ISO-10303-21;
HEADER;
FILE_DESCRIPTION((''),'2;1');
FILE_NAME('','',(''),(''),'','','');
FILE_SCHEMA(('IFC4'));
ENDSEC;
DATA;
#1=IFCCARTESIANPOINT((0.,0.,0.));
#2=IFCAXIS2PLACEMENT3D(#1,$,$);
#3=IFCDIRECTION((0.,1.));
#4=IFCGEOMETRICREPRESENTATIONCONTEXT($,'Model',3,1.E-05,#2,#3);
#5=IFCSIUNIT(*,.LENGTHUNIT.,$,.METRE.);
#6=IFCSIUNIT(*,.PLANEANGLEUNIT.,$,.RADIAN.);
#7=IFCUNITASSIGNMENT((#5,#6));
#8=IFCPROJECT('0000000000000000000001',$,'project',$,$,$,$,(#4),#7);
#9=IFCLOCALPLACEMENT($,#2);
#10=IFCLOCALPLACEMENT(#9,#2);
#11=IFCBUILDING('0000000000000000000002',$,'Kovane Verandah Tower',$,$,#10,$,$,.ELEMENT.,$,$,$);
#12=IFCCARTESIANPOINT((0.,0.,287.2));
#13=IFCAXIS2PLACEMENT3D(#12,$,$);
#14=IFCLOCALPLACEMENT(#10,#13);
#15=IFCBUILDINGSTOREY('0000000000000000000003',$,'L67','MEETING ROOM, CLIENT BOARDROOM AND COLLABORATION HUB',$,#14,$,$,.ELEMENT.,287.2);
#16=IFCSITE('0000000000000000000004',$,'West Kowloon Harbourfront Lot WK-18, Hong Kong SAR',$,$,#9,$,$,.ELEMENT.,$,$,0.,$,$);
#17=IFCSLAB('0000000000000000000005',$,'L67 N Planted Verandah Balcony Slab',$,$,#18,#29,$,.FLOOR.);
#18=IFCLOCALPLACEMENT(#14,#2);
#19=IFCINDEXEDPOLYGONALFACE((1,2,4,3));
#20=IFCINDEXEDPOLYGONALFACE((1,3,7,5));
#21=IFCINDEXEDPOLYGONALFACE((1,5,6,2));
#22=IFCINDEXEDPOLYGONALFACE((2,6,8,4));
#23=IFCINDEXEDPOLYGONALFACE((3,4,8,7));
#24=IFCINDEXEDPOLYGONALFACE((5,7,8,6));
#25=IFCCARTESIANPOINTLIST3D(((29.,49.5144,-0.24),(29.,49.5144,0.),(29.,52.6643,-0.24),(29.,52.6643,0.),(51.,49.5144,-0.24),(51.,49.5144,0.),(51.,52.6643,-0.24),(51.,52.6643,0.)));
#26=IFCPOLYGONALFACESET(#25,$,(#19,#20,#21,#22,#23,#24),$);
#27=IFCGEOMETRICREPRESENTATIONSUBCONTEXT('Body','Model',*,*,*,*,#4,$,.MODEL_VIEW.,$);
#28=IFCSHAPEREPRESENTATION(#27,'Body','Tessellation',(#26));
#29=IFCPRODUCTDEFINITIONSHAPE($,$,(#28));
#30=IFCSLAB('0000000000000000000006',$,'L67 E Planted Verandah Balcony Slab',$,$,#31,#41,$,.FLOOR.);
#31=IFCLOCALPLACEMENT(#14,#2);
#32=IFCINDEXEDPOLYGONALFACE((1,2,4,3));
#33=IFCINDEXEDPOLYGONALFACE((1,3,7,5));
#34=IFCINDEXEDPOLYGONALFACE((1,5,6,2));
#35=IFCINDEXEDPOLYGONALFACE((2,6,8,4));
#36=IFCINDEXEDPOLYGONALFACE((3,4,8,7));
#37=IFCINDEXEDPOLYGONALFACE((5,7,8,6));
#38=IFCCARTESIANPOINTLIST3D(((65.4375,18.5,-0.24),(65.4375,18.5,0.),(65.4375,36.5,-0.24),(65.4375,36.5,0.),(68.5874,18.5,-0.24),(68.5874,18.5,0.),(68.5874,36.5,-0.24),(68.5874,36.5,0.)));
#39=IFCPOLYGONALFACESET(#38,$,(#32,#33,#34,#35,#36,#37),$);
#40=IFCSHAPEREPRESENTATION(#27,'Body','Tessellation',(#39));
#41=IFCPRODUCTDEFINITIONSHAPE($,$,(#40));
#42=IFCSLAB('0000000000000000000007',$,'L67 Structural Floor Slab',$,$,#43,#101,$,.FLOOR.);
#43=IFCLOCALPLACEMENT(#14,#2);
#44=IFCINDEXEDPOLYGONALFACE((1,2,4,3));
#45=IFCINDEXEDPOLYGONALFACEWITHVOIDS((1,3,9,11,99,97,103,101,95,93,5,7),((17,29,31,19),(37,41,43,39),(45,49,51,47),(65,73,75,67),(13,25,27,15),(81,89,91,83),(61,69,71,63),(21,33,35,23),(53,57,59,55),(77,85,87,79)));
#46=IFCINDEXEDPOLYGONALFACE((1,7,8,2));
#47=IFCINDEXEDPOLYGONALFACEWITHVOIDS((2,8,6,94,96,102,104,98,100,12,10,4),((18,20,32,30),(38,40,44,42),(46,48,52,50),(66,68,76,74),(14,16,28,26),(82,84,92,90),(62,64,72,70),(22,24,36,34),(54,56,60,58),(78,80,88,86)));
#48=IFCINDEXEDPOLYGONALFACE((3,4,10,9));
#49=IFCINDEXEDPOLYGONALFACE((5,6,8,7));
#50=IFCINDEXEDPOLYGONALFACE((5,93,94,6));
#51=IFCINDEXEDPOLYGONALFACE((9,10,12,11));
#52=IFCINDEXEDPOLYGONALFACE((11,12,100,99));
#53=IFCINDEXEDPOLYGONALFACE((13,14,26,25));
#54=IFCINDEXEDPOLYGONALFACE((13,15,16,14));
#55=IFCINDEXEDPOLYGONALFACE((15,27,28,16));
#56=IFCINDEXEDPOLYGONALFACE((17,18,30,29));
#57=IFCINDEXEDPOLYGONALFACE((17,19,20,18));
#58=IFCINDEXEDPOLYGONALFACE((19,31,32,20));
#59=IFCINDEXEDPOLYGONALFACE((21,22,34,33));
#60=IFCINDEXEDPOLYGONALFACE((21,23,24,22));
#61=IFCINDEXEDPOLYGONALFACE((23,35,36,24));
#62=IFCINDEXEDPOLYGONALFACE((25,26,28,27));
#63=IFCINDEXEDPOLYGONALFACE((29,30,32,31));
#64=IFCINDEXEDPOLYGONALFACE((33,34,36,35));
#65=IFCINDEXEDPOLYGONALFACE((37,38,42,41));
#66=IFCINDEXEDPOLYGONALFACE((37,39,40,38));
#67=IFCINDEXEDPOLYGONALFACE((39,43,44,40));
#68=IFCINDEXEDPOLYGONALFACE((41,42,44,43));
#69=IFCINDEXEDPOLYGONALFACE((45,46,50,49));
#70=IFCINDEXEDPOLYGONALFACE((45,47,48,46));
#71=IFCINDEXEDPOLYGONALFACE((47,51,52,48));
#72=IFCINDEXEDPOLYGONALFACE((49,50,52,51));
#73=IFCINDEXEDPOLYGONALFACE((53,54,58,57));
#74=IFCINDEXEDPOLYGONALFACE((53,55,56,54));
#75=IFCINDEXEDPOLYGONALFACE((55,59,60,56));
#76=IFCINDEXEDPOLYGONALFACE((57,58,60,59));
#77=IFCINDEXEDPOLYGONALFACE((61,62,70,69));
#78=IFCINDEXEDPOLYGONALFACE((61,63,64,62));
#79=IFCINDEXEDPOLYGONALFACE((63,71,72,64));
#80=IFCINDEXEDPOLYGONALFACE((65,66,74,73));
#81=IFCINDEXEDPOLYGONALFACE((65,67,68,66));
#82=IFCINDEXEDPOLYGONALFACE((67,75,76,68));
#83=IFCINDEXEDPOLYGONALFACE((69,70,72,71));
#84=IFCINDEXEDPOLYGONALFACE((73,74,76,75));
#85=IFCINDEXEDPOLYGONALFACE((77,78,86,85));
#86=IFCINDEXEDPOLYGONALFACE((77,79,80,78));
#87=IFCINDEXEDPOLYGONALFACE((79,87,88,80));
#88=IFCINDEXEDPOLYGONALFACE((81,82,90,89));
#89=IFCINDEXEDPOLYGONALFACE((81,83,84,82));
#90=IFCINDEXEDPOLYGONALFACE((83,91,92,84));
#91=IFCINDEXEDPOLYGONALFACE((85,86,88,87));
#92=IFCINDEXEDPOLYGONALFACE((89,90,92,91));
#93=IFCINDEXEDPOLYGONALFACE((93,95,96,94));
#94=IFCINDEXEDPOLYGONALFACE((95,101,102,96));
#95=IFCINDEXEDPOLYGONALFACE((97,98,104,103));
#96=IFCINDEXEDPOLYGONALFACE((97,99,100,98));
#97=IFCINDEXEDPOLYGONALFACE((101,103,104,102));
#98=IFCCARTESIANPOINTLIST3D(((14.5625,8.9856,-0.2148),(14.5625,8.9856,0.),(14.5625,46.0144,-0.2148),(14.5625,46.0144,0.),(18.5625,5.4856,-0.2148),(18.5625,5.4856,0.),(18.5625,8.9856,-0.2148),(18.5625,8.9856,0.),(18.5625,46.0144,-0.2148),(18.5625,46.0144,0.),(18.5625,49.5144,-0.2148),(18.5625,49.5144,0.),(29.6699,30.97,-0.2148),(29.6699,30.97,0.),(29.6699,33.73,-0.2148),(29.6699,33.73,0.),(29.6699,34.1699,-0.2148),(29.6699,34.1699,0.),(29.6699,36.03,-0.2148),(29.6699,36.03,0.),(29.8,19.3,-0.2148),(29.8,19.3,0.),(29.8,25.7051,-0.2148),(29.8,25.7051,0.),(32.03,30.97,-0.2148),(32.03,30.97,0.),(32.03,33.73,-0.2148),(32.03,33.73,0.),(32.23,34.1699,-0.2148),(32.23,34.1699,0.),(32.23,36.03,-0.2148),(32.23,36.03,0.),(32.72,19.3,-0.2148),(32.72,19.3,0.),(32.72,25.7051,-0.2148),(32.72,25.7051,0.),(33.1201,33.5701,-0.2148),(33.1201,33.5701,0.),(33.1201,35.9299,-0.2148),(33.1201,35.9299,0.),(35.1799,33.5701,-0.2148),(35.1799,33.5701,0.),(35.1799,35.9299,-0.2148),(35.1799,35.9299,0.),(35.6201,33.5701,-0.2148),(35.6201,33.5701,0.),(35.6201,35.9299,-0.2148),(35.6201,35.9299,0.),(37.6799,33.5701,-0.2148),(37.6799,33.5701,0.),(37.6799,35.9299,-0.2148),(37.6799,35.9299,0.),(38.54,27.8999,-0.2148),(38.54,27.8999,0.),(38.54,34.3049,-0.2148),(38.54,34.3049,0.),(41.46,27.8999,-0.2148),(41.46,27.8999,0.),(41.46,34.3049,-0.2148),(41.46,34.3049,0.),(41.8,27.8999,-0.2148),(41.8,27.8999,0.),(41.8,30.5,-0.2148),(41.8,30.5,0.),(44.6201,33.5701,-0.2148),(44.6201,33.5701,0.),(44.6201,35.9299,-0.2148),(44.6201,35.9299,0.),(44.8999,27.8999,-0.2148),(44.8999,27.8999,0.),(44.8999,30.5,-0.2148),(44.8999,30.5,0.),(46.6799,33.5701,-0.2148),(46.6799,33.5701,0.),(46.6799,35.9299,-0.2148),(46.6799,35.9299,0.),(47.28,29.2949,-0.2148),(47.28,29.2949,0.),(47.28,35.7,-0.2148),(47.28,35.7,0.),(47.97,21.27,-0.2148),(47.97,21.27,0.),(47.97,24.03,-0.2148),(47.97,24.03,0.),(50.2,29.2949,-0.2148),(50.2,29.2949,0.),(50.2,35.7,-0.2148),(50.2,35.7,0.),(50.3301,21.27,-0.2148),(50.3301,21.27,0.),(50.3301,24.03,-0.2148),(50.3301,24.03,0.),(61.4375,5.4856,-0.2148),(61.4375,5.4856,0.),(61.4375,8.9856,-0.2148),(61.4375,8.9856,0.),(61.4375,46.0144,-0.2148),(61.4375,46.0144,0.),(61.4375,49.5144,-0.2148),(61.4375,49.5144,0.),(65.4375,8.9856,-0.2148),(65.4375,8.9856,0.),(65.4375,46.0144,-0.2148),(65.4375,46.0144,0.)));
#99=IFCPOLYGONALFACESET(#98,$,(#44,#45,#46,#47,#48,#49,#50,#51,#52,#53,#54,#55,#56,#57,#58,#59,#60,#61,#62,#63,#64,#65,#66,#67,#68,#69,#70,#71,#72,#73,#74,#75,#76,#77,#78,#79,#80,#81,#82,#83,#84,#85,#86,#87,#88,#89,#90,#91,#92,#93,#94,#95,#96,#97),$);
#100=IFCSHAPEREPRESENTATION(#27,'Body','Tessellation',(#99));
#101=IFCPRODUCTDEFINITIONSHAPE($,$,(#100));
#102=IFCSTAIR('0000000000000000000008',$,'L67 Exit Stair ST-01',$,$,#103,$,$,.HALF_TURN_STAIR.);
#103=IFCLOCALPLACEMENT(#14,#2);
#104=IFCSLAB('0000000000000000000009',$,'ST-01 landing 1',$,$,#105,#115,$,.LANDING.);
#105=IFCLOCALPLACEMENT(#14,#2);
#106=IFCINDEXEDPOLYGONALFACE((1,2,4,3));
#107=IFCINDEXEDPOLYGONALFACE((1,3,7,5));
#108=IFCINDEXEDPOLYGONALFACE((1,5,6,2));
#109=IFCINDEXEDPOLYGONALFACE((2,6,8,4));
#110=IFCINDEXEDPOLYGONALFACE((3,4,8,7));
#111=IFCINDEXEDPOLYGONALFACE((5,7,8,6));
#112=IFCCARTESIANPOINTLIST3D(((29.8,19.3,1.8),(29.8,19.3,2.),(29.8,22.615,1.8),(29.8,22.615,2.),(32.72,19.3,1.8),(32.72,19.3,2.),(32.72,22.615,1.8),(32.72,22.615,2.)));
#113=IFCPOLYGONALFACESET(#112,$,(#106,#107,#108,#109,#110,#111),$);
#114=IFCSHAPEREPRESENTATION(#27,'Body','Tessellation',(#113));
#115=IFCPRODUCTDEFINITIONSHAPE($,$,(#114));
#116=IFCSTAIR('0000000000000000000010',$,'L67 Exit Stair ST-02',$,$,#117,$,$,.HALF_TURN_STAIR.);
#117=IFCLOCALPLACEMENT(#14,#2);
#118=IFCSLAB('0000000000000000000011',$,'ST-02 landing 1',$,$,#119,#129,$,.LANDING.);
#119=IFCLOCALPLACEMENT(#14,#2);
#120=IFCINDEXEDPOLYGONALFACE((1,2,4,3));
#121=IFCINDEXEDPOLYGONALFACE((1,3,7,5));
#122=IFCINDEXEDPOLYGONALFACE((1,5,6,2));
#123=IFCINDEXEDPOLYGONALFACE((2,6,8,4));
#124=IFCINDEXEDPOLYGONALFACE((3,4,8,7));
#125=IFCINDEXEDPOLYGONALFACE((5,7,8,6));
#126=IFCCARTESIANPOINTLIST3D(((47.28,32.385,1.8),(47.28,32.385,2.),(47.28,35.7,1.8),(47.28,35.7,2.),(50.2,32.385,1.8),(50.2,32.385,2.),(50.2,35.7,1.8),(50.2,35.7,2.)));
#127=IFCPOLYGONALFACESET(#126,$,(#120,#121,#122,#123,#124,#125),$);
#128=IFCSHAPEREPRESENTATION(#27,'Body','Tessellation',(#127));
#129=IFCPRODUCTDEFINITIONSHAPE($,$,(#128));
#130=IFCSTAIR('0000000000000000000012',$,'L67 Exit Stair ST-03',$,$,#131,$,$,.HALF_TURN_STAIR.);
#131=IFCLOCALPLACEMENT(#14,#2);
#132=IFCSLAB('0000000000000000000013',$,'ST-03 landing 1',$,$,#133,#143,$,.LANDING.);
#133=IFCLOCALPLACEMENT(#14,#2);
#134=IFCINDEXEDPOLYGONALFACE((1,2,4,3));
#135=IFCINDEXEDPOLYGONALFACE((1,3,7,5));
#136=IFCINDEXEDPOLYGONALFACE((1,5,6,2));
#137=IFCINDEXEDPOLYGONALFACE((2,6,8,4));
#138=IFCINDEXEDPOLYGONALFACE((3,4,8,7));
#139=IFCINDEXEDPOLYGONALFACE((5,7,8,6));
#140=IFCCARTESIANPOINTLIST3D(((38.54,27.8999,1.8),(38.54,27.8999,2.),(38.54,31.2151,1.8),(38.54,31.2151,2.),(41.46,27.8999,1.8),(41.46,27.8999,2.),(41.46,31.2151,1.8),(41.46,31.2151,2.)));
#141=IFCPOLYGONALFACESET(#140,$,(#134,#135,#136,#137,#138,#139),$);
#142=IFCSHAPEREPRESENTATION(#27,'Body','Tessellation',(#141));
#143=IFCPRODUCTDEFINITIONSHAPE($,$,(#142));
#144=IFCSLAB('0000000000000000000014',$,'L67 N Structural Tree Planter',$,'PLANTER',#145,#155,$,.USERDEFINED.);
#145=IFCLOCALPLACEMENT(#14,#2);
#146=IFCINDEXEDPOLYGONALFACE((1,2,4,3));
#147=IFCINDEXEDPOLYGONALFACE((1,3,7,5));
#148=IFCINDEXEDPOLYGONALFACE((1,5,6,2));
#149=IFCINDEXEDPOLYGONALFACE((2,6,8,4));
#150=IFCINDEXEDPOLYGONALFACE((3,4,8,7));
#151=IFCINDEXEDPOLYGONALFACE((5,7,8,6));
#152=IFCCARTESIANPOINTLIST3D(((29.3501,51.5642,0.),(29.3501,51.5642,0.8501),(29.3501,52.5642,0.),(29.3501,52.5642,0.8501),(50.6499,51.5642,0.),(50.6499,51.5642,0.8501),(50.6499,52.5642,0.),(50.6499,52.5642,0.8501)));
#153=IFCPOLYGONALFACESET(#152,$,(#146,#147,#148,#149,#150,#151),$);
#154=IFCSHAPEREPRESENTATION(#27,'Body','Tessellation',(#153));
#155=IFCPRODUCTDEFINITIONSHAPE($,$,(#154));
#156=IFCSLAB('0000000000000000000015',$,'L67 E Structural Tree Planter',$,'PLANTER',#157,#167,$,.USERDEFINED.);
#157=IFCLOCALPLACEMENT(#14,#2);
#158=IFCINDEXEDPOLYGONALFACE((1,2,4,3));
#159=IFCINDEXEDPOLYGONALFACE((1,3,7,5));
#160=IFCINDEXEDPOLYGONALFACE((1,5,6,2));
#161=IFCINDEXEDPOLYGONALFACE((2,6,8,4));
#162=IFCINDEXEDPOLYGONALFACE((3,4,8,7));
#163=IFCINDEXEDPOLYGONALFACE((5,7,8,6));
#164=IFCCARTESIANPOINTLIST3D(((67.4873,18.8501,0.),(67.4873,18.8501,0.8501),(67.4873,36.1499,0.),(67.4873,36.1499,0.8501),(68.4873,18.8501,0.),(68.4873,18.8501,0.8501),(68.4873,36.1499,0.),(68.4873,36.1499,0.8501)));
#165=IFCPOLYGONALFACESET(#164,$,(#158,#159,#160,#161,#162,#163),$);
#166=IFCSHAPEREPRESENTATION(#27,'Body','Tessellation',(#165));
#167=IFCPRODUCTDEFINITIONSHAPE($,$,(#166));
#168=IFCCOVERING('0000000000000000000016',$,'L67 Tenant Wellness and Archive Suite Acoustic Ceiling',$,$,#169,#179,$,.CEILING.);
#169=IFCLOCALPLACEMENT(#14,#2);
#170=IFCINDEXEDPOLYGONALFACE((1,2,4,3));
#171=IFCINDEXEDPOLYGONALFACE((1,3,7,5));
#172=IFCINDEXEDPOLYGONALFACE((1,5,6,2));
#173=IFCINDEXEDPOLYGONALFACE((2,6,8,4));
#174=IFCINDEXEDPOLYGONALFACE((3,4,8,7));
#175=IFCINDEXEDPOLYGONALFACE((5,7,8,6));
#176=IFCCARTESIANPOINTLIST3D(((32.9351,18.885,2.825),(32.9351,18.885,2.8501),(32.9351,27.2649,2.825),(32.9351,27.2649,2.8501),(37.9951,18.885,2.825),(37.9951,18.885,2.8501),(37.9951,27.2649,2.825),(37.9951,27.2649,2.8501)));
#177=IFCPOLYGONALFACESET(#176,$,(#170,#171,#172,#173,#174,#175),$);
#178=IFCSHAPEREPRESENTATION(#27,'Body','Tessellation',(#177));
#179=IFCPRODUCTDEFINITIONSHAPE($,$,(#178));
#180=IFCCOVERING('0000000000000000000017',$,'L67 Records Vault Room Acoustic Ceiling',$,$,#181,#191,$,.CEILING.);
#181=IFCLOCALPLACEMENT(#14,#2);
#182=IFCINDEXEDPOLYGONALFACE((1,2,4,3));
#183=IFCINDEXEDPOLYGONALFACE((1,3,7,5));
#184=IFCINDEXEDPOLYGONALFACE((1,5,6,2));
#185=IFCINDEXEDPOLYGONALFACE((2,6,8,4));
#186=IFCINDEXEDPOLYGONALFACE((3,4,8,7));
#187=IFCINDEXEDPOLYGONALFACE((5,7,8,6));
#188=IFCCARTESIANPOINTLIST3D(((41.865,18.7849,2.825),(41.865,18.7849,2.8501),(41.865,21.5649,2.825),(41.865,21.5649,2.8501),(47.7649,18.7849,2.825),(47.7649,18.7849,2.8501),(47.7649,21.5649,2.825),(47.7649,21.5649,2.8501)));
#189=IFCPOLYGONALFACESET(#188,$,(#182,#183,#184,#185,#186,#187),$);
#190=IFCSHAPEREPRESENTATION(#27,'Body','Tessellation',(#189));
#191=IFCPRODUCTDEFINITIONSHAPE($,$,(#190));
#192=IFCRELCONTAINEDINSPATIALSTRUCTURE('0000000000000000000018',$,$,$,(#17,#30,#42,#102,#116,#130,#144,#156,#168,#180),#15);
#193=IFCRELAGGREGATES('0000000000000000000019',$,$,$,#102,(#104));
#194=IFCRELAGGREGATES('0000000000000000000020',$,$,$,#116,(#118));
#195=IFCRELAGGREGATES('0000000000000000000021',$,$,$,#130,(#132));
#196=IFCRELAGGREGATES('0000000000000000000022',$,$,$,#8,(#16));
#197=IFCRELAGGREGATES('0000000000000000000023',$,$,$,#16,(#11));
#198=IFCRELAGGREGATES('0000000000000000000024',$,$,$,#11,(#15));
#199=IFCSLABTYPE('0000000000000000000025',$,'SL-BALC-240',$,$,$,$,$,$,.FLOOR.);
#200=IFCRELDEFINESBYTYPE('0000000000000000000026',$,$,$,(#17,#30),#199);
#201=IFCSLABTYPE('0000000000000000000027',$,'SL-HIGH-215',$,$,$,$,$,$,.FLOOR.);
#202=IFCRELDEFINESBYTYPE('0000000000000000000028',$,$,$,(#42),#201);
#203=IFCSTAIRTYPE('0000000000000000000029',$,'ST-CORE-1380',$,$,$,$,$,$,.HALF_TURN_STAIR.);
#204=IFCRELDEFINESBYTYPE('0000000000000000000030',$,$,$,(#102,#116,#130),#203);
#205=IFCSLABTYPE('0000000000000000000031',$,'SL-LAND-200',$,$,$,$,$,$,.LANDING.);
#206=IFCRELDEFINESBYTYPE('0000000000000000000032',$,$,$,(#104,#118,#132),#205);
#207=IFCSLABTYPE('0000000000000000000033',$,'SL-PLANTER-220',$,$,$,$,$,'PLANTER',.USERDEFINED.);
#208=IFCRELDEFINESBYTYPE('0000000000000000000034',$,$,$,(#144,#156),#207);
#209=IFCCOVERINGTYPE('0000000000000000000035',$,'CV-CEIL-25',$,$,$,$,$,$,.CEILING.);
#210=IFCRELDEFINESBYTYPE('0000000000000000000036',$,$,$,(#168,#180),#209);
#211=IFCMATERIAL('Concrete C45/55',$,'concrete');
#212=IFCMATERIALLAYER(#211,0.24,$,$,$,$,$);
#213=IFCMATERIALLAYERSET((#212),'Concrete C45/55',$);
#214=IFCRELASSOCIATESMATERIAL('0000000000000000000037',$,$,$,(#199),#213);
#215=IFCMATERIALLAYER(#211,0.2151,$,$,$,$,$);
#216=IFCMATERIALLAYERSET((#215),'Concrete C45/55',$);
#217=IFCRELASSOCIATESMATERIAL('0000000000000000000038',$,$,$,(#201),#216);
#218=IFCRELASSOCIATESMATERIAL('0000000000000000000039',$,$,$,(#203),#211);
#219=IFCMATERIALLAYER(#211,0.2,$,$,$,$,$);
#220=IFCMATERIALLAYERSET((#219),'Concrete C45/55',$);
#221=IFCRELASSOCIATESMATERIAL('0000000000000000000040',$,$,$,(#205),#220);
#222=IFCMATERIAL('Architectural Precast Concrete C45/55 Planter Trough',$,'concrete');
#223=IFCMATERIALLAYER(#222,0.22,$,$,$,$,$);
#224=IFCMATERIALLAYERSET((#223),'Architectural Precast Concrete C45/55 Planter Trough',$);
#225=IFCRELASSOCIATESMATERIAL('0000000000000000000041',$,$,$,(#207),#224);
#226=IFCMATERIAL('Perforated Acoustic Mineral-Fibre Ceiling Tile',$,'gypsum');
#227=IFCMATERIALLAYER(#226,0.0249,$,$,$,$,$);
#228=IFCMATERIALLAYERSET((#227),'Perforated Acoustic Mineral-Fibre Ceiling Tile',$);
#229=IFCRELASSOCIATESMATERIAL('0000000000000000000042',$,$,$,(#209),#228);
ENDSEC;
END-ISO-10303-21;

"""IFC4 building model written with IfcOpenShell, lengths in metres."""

from ifc_helpers import new_model, si_unit, direction, frame, origin, place, context, subcontext, project, spatial, polyline, outline, extrude, material, layer, layer_set, type_object, element, aggregate, save


model = new_model("IFC4")

# Units and contexts
model_context = context("Model", 3, precision=1e-05, world=origin(), true_north=direction((0.0, 1.0)))
body_context = subcontext(model_context, "Body", "Model", "MODEL_VIEW")
ifc_project = project(units=[si_unit("LENGTHUNIT", "METRE"), si_unit("PLANEANGLEUNIT", "RADIAN")], contexts=[model_context])

# Site, building, storey
site_placement = place(None, origin())
site = spatial("IfcSite", under=ifc_project, at=site_placement, Name="West Kowloon Harbourfront Lot WK-18, Hong Kong SAR", CompositionType="ELEMENT", RefElevation=0.0)
building_placement = place(site_placement, origin())
building = spatial("IfcBuilding", under=site, at=building_placement, Name="Kovane Verandah Tower", CompositionType="ELEMENT")
storey_placement = place(building_placement, frame((0.0, 0.0, 287.2)))
storey = spatial("IfcBuildingStorey", under=building, at=storey_placement, Name="L67", Description="MEETING ROOM, CLIENT BOARDROOM AND COLLABORATION HUB", CompositionType="ELEMENT", Elevation=287.2)

# Slabs
ifc_material_1 = material(Name="Concrete C45/55", Category="concrete")
ifc_layer_1 = layer(ifc_material_1, 0.24)
ifc_layer_set_1 = layer_set([ifc_layer_1], Name="Concrete C45/55")
slab_type_1 = type_object("IfcSlabType", Name="SL-BALC-240", PredefinedType="FLOOR", material=ifc_layer_set_1)
slab_1_placement = place(storey_placement, frame((0.0, 0.0, -0.24)))
element("IfcSlab", 1, at=slab_1_placement, inside=storey, type_object=slab_type_1, Name="L67 N Planted Verandah Balcony Slab", PredefinedType="FLOOR", context=body_context, shape_type="SweptSolid", body=[
    extrude(outline(polyline([(29.0, 49.5144), (51.0, 49.5144), (51.0, 52.6643), (29.0, 52.6643), (29.0, 49.5144)])), origin(), (0.0, 0.0, 1.0), 0.24),
])
slab_2_placement = place(storey_placement, frame((0.0, 0.0, -0.24)))
element("IfcSlab", 2, at=slab_2_placement, inside=storey, type_object=slab_type_1, Name="L67 E Planted Verandah Balcony Slab", PredefinedType="FLOOR", context=body_context, shape_type="SweptSolid", body=[
    extrude(outline(polyline([(65.4375, 18.5), (68.5874, 18.5), (68.5874, 36.5), (65.4375, 36.5), (65.4375, 18.5)])), origin(), (0.0, 0.0, 1.0), 0.24),
])
ifc_layer_2 = layer(ifc_material_1, 0.2151)
ifc_layer_set_2 = layer_set([ifc_layer_2], Name="Concrete C45/55")
slab_type_2 = type_object("IfcSlabType", Name="SL-HIGH-215", PredefinedType="FLOOR", material=ifc_layer_set_2)
slab_3_placement = place(storey_placement, frame((0.0, 0.0, -0.2148)))
element("IfcSlab", 3, at=slab_3_placement, inside=storey, type_object=slab_type_2, Name="L67 Structural Floor Slab", PredefinedType="FLOOR", context=body_context, shape_type="SweptSolid", body=[
    extrude(outline(polyline([(18.5625, 5.4856), (61.4375, 5.4856), (61.4375, 8.9856), (65.4375, 8.9856), (65.4375, 46.0144), (61.4375, 46.0144), (61.4375, 49.5144), (18.5625, 49.5144), (18.5625, 46.0144), (14.5625, 46.0144), (14.5625, 8.9856), (18.5625, 8.9856), (18.5625, 5.4856)]), holes=[polyline([(29.8, 19.3), (32.72, 19.3), (32.72, 25.7051), (29.8, 25.7051), (29.8, 19.3)]), polyline([(47.28, 29.2949), (50.2, 29.2949), (50.2, 35.7), (47.28, 35.7), (47.28, 29.2949)]), polyline([(38.54, 27.8999), (41.46, 27.8999), (41.46, 34.3049), (38.54, 34.3049), (38.54, 27.8999)]), polyline([(29.6699, 30.97), (32.03, 30.97), (32.03, 33.73), (29.6699, 33.73), (29.6699, 30.97)]), polyline([(47.97, 21.27), (50.3301, 21.27), (50.3301, 24.03), (47.97, 24.03), (47.97, 21.27)]), polyline([(29.6699, 34.1699), (32.23, 34.1699), (32.23, 36.03), (29.6699, 36.03), (29.6699, 34.1699)]), polyline([(33.1201, 33.5701), (35.1799, 33.5701), (35.1799, 35.9299), (33.1201, 35.9299), (33.1201, 33.5701)]), polyline([(35.6201, 33.5701), (37.6799, 33.5701), (37.6799, 35.9299), (35.6201, 35.9299), (35.6201, 33.5701)]), polyline([(44.6201, 33.5701), (46.6799, 33.5701), (46.6799, 35.9299), (44.6201, 35.9299), (44.6201, 33.5701)]), polyline([(41.8, 27.8999), (44.8999, 27.8999), (44.8999, 30.5), (41.8, 30.5), (41.8, 27.8999)])]), origin(), (0.0, 0.0, 1.0), 0.2148),
])

# Stairs, slabs
stair_type = type_object("IfcStairType", Name="ST-CORE-1380", PredefinedType="HALF_TURN_STAIR", material=ifc_material_1)
stair_1_placement = place(storey_placement, origin())
stair_1 = element("IfcStair", 4, at=stair_1_placement, inside=storey, type_object=stair_type, Name="L67 Exit Stair ST-01", PredefinedType="HALF_TURN_STAIR")
ifc_layer_3 = layer(ifc_material_1, 0.2)
ifc_layer_set_3 = layer_set([ifc_layer_3], Name="Concrete C45/55")
slab_type_3 = type_object("IfcSlabType", Name="SL-LAND-200", PredefinedType="LANDING", material=ifc_layer_set_3)
slab_4_placement = place(storey_placement, frame((0.0, 0.0, 1.8)))
slab_4 = element("IfcSlab", 5, at=slab_4_placement, type_object=slab_type_3, Name="ST-01 landing 1", PredefinedType="LANDING", context=body_context, shape_type="SweptSolid", body=[
    extrude(outline(polyline([(29.8, 22.615), (29.8, 19.3), (32.72, 19.3), (32.72, 22.615), (29.8, 22.615)])), origin(), (0.0, 0.0, 1.0), 0.2),
])
aggregate(stair_1, [slab_4])
stair_2_placement = place(storey_placement, origin())
stair_2 = element("IfcStair", 6, at=stair_2_placement, inside=storey, type_object=stair_type, Name="L67 Exit Stair ST-02", PredefinedType="HALF_TURN_STAIR")
slab_5_placement = place(storey_placement, frame((0.0, 0.0, 1.8)))
slab_5 = element("IfcSlab", 7, at=slab_5_placement, type_object=slab_type_3, Name="ST-02 landing 1", PredefinedType="LANDING", context=body_context, shape_type="SweptSolid", body=[
    extrude(outline(polyline([(50.2, 32.385), (50.2, 35.7), (47.28, 35.7), (47.28, 32.385), (50.2, 32.385)])), origin(), (0.0, 0.0, 1.0), 0.2),
])
aggregate(stair_2, [slab_5])
stair_3_placement = place(storey_placement, origin())
stair_3 = element("IfcStair", 8, at=stair_3_placement, inside=storey, type_object=stair_type, Name="L67 Exit Stair ST-03", PredefinedType="HALF_TURN_STAIR")
slab_6_placement = place(storey_placement, frame((0.0, 0.0, 1.8)))
slab_6 = element("IfcSlab", 9, at=slab_6_placement, type_object=slab_type_3, Name="ST-03 landing 1", PredefinedType="LANDING", context=body_context, shape_type="SweptSolid", body=[
    extrude(outline(polyline([(38.54, 31.2151), (38.54, 27.8999), (41.46, 27.8999), (41.46, 31.2151), (38.54, 31.2151)])), origin(), (0.0, 0.0, 1.0), 0.2),
])
aggregate(stair_3, [slab_6])

# Slabs
ifc_material_2 = material(Name="Architectural Precast Concrete C45/55 Planter Trough", Category="concrete")
ifc_layer_4 = layer(ifc_material_2, 0.22)
ifc_layer_set_4 = layer_set([ifc_layer_4], Name="Architectural Precast Concrete C45/55 Planter Trough")
slab_type_4 = type_object("IfcSlabType", Name="SL-PLANTER-220", ElementType="PLANTER", PredefinedType="USERDEFINED", material=ifc_layer_set_4)
slab_7_placement = place(storey_placement, origin())
element("IfcSlab", 10, at=slab_7_placement, inside=storey, type_object=slab_type_4, Name="L67 N Structural Tree Planter", ObjectType="PLANTER", PredefinedType="USERDEFINED", context=body_context, shape_type="SweptSolid", body=[
    extrude(outline(polyline([(29.3501, 51.5642), (50.6499, 51.5642), (50.6499, 52.5642), (29.3501, 52.5642), (29.3501, 51.5642)])), origin(), (0.0, 0.0, 1.0), 0.8501),
])
slab_8_placement = place(storey_placement, origin())
element("IfcSlab", 11, at=slab_8_placement, inside=storey, type_object=slab_type_4, Name="L67 E Structural Tree Planter", ObjectType="PLANTER", PredefinedType="USERDEFINED", context=body_context, shape_type="SweptSolid", body=[
    extrude(outline(polyline([(67.4873, 18.8501), (68.4873, 18.8501), (68.4873, 36.1499), (67.4873, 36.1499), (67.4873, 18.8501)])), origin(), (0.0, 0.0, 1.0), 0.8501),
])

# Coverings
ifc_material_3 = material(Name="Perforated Acoustic Mineral-Fibre Ceiling Tile", Category="gypsum")
ifc_layer_5 = layer(ifc_material_3, 0.0249)
ifc_layer_set_5 = layer_set([ifc_layer_5], Name="Perforated Acoustic Mineral-Fibre Ceiling Tile")
covering_type_1 = type_object("IfcCoveringType", Name="CV-CEIL-25", PredefinedType="CEILING", material=ifc_layer_set_5)
covering_1_placement = place(storey_placement, frame((0.0, 0.0, 2.825)))
element("IfcCovering", 12, at=covering_1_placement, inside=storey, type_object=covering_type_1, Name="L67 Tenant Wellness and Archive Suite Acoustic Ceiling", PredefinedType="CEILING", context=body_context, shape_type="SweptSolid", body=[
    extrude(outline(polyline([(32.9351, 18.885), (37.9951, 18.885), (37.9951, 27.2649), (32.9351, 27.2649), (32.9351, 18.885)])), origin(), (0.0, 0.0, 1.0), 0.0251),
])
covering_2_placement = place(storey_placement, frame((0.0, 0.0, 2.825)))
element("IfcCovering", 13, at=covering_2_placement, inside=storey, type_object=covering_type_1, Name="L67 Records Vault Room Acoustic Ceiling", PredefinedType="CEILING", context=body_context, shape_type="SweptSolid", body=[
    extrude(outline(polyline([(41.865, 18.7849), (47.7649, 18.7849), (47.7649, 21.5649), (41.865, 21.5649), (41.865, 18.7849)])), origin(), (0.0, 0.0, 1.0), 0.0251),
])

save(model, "model.ifc")
